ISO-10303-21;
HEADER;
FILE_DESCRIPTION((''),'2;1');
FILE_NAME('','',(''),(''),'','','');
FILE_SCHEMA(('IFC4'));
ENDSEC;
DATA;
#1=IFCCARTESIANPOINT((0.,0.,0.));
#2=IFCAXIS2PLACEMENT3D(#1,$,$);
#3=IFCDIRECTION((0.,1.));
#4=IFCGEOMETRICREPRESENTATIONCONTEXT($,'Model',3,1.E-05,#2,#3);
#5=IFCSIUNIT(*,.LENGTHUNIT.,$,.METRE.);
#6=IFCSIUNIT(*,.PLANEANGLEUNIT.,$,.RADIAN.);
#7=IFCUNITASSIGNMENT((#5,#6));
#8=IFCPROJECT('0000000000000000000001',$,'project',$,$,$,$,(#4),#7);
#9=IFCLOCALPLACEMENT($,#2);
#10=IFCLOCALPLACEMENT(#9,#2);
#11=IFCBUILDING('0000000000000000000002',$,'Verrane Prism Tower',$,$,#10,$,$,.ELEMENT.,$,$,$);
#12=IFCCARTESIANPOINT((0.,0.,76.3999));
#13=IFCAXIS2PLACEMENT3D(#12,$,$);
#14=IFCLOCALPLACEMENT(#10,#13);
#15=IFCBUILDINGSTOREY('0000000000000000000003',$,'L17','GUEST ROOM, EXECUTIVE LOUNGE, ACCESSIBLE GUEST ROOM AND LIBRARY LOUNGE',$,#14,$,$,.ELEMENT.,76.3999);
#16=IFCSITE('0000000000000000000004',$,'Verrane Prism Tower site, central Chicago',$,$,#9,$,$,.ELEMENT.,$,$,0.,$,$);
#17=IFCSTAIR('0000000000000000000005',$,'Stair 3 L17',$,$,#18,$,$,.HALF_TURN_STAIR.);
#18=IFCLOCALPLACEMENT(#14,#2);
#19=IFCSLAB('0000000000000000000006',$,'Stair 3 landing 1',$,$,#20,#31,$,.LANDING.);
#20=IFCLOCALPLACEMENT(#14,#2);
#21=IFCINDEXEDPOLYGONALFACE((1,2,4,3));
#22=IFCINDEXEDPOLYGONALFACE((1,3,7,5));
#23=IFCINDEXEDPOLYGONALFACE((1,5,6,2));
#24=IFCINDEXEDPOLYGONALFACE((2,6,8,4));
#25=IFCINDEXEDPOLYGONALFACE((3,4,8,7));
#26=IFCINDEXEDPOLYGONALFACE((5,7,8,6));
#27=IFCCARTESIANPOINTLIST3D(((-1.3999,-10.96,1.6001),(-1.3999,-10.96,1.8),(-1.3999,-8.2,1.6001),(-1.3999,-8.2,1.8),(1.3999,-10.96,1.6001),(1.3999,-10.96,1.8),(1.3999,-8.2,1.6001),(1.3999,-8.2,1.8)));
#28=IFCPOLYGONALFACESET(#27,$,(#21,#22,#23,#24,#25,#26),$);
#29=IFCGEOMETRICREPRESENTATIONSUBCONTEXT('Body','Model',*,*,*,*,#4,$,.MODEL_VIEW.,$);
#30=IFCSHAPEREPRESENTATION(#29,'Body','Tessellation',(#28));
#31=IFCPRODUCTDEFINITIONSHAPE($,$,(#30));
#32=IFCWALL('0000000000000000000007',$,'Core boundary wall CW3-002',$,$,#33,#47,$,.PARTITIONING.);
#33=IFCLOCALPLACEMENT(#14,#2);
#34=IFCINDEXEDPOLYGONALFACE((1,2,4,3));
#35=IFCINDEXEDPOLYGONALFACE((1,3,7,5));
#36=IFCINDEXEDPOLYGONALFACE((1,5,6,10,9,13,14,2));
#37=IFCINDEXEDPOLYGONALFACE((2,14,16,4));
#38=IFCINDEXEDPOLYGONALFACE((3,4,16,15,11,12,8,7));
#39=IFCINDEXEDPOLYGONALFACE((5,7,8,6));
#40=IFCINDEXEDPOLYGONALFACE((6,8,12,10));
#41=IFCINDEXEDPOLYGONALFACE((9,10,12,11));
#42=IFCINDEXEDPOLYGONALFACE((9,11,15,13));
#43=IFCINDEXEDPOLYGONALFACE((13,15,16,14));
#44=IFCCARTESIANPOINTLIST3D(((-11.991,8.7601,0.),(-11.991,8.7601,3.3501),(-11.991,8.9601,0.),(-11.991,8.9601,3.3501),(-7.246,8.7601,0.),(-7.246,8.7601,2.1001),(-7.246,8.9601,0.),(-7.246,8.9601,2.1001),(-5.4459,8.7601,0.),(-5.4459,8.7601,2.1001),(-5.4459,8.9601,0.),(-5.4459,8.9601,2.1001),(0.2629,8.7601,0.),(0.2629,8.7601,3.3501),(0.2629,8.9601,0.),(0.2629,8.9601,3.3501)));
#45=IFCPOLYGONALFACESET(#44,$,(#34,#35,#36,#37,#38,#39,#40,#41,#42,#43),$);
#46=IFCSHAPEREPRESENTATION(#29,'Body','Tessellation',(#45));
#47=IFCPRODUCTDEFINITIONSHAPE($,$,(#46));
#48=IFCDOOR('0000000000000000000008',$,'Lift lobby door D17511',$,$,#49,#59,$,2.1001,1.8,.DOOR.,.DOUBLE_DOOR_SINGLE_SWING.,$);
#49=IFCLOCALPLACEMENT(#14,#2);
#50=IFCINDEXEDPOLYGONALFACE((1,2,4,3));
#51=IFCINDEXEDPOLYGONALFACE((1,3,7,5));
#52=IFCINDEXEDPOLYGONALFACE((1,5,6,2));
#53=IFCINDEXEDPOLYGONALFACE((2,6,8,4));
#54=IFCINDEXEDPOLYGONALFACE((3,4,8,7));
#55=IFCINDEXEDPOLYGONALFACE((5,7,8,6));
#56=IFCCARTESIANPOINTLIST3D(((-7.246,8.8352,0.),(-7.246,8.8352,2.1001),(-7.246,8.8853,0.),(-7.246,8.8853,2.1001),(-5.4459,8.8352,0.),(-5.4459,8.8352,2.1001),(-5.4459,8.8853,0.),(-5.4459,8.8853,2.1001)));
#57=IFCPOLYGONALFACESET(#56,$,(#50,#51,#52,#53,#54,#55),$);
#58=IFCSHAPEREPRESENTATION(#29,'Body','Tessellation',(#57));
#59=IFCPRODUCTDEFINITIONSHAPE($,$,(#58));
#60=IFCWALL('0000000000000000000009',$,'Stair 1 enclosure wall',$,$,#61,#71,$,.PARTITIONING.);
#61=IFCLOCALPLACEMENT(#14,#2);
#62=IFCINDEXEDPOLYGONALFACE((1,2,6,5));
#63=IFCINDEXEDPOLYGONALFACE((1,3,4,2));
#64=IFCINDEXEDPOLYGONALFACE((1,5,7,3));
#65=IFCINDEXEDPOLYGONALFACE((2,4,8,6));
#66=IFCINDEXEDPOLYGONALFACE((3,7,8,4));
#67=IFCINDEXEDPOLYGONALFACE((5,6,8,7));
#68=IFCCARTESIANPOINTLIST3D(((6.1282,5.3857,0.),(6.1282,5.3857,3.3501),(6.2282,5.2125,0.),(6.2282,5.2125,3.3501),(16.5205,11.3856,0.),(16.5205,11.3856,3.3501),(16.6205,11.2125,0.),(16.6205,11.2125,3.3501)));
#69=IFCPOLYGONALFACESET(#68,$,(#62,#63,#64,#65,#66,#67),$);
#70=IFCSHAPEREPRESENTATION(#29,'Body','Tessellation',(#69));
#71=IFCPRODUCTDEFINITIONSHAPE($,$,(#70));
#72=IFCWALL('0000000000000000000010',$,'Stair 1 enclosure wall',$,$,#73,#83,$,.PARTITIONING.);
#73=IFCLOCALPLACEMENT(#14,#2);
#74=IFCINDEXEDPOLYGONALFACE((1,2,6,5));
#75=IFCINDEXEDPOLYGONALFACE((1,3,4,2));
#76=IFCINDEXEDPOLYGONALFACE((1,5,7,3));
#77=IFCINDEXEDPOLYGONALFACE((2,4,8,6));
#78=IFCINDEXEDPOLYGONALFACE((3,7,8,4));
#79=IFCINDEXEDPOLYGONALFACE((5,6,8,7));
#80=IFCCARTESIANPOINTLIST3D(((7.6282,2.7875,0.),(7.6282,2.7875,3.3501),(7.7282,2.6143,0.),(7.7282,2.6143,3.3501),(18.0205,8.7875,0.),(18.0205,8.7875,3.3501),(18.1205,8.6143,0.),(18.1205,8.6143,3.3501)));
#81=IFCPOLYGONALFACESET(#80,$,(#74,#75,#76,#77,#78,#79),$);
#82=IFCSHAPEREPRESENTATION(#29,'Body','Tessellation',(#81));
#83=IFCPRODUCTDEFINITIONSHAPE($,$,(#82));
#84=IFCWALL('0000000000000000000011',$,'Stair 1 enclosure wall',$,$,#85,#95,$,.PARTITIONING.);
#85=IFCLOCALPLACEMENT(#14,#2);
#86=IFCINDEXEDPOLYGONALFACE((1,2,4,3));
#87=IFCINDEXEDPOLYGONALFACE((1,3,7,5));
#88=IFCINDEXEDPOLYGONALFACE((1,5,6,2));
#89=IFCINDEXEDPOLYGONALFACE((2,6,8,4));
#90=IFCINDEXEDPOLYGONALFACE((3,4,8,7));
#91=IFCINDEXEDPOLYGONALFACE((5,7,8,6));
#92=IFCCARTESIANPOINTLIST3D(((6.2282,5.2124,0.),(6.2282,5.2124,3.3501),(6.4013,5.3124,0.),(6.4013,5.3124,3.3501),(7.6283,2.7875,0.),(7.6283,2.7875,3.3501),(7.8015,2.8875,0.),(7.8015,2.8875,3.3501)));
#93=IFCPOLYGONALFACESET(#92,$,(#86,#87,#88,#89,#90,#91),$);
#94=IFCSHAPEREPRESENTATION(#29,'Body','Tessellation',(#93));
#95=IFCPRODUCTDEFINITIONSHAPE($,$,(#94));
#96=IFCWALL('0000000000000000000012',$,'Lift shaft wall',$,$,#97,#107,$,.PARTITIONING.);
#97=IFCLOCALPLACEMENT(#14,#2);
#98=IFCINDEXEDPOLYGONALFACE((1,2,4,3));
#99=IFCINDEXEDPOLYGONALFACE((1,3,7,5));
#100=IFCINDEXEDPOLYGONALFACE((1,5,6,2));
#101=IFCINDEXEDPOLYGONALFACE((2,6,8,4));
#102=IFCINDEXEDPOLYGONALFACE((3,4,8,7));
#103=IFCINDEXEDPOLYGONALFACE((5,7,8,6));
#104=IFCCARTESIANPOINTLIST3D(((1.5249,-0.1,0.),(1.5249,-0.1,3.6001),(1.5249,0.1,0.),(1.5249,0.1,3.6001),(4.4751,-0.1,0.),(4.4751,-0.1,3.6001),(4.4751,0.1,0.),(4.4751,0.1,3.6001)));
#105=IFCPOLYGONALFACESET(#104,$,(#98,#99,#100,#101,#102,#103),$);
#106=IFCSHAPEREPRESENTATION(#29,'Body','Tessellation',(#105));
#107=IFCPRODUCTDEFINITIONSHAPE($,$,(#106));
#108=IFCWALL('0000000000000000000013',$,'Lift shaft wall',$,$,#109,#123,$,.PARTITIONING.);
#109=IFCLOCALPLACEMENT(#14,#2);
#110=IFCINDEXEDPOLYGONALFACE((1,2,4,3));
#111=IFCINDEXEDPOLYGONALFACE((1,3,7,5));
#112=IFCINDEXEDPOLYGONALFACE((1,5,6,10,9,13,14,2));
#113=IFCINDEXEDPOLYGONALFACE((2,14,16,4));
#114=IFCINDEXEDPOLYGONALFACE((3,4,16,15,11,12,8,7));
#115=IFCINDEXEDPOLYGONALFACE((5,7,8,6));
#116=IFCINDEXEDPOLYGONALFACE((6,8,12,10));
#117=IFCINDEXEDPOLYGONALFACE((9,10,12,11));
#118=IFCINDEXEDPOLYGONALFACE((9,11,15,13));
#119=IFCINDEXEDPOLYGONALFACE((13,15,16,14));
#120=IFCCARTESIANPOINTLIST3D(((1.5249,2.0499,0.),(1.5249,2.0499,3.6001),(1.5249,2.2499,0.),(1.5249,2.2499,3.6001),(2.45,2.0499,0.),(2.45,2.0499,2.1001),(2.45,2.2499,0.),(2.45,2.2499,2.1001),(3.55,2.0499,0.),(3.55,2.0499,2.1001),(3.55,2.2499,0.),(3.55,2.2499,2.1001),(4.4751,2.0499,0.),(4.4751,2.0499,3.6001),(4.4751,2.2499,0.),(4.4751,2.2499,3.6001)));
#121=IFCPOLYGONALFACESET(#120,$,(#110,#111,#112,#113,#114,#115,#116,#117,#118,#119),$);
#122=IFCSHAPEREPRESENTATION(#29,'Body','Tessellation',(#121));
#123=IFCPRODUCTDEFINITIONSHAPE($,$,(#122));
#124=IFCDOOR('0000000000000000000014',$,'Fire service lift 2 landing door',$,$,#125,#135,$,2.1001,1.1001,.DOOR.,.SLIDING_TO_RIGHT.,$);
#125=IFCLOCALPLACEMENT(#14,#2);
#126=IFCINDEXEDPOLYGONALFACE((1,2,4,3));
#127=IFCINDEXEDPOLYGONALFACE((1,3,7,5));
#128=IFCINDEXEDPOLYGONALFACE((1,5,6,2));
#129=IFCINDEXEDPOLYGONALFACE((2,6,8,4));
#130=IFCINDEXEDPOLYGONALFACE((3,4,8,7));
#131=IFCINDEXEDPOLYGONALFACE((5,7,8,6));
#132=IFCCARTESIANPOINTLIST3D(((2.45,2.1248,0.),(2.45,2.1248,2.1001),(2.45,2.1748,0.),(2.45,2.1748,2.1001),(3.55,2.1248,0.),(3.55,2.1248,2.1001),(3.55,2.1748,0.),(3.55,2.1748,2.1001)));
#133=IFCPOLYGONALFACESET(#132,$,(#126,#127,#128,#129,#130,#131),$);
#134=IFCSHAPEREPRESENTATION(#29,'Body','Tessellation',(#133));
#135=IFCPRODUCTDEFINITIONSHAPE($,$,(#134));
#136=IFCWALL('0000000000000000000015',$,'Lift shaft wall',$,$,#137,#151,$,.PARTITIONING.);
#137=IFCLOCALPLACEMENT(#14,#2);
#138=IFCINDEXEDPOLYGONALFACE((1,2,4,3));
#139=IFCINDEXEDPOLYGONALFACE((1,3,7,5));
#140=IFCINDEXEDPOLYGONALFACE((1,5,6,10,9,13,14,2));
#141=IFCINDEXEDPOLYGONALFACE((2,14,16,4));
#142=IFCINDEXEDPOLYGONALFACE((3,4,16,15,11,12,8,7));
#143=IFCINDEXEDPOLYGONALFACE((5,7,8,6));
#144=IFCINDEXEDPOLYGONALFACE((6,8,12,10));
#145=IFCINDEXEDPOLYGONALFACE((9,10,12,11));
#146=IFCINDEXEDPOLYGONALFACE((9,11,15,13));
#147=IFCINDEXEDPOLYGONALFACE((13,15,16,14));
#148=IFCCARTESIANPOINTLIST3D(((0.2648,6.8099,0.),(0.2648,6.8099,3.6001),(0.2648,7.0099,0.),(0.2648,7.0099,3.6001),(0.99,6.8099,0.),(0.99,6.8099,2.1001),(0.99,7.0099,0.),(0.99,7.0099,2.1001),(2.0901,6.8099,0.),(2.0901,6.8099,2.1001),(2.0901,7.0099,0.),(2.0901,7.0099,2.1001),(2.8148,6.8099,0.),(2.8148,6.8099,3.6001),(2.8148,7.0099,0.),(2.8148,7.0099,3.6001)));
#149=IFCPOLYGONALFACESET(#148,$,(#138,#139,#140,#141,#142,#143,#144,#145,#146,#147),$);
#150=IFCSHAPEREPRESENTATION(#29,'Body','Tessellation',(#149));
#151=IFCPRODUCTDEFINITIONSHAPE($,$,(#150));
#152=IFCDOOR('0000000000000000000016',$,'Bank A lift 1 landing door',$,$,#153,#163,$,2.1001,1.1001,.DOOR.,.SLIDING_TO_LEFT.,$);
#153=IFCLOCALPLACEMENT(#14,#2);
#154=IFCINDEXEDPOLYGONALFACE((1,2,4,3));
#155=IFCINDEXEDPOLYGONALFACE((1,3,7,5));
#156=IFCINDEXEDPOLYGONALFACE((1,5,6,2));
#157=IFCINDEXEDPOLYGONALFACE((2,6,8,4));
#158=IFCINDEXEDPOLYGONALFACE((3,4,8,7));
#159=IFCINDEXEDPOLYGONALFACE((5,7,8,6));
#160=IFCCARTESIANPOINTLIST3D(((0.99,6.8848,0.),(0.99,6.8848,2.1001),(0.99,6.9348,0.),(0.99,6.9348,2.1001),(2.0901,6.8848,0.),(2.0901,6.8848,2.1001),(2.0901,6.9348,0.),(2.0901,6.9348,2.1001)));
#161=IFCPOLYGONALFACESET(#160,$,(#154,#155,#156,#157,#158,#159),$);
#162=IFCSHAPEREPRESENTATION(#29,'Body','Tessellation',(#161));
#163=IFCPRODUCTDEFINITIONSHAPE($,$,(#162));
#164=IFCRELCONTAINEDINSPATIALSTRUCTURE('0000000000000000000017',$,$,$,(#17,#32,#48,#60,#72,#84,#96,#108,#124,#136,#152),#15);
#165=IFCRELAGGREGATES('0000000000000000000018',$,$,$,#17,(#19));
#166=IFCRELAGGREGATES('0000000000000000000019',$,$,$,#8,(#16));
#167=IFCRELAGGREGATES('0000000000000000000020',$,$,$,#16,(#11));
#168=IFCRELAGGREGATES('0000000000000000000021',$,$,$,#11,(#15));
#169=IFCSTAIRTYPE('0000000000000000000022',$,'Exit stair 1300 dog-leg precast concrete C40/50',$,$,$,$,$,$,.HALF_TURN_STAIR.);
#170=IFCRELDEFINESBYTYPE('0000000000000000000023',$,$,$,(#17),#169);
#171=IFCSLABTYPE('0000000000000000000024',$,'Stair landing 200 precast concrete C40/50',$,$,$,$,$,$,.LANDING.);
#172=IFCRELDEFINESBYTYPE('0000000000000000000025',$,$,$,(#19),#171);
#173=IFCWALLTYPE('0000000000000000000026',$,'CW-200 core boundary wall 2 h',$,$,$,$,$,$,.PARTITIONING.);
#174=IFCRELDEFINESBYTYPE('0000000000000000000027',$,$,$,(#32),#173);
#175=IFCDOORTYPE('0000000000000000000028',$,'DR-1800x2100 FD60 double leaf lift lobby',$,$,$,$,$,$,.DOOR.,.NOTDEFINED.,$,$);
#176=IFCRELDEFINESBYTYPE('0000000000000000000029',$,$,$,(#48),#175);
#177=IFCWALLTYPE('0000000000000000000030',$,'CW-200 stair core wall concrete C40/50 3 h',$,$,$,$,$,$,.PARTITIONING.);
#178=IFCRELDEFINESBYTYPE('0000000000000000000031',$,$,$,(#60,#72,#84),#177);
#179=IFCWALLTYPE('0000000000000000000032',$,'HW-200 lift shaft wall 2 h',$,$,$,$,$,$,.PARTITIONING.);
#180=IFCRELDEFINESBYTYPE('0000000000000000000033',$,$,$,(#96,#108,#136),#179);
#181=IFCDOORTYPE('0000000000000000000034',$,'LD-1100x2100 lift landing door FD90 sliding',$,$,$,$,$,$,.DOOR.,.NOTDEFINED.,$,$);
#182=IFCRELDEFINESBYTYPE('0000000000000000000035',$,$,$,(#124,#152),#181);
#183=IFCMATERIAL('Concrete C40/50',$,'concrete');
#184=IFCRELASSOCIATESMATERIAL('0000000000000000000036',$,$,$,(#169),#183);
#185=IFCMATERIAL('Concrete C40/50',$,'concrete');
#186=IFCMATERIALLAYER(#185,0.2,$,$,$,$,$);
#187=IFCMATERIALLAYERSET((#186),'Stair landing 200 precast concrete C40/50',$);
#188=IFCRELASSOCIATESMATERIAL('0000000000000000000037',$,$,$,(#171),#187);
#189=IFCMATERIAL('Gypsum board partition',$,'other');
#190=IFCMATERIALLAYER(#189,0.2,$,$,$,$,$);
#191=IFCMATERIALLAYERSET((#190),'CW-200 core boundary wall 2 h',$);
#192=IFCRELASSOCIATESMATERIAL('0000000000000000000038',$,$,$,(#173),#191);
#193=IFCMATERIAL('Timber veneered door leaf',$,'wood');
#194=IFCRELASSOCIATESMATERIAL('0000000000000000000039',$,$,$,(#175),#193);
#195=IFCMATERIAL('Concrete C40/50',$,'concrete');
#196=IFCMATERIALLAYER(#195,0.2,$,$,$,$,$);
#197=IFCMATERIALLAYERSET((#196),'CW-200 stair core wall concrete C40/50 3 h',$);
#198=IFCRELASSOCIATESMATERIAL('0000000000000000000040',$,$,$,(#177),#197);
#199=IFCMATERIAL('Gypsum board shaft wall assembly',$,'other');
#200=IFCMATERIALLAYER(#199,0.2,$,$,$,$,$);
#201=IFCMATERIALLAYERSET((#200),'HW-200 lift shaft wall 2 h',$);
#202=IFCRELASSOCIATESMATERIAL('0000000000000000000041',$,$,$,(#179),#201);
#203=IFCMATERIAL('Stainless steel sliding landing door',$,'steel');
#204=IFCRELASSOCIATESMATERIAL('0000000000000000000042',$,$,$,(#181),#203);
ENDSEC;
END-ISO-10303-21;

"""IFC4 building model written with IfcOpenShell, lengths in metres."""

from ifc_helpers import new_model, si_unit, direction, frame, frame_2d, origin, place, context, subcontext, project, spatial, polyline, rectangle, outline, extrude, material, layer, layer_set, type_object, element, fill, aggregate, save


model = new_model("IFC4")

# Units and contexts
model_context = context("Model", 3, precision=1e-05, world=origin(), true_north=direction((0.0, 1.0)))
body_context = subcontext(model_context, "Body", "Model", "MODEL_VIEW")
ifc_project = project(units=[si_unit("LENGTHUNIT", "METRE"), si_unit("PLANEANGLEUNIT", "RADIAN")], contexts=[model_context])

# Site, building, storey
site_placement = place(None, origin())
site = spatial("IfcSite", under=ifc_project, at=site_placement, Name="Verrane Prism Tower site, central Chicago", CompositionType="ELEMENT", RefElevation=0.0)
building_placement = place(site_placement, origin())
building = spatial("IfcBuilding", under=site, at=building_placement, Name="Verrane Prism Tower", CompositionType="ELEMENT")
storey_placement = place(building_placement, frame((0.0, 0.0, 76.3999)))
storey = spatial("IfcBuildingStorey", under=building, at=storey_placement, Name="L17", Description="GUEST ROOM, EXECUTIVE LOUNGE, ACCESSIBLE GUEST ROOM AND LIBRARY LOUNGE", CompositionType="ELEMENT", Elevation=76.3999)

# Stair, slab
ifc_material_1 = material(Name="Concrete C40/50", Category="concrete")
stair_type = type_object("IfcStairType", Name="Exit stair 1300 dog-leg precast concrete C40/50", PredefinedType="HALF_TURN_STAIR", material=ifc_material_1)
ifc_material_2 = material(Name="Concrete C40/50", Category="concrete")
ifc_layer_1 = layer(ifc_material_2, 0.2)
ifc_layer_set_1 = layer_set([ifc_layer_1], Name="Stair landing 200 precast concrete C40/50")
slab_type_1 = type_object("IfcSlabType", Name="Stair landing 200 precast concrete C40/50", PredefinedType="LANDING", material=ifc_layer_set_1)
stair_1_placement = place(storey_placement, origin())
stair_1 = element("IfcStair", 1, at=stair_1_placement, inside=storey, type_object=stair_type, Name="Stair 3 L17", PredefinedType="HALF_TURN_STAIR")
slab_1_placement = place(storey_placement, frame((0.0, 0.0, 1.6001)))
slab_1 = element("IfcSlab", 2, at=slab_1_placement, type_object=slab_type_1, Name="Stair 3 landing 1", PredefinedType="LANDING", context=body_context, shape_type="SweptSolid", body=[
    extrude(outline(polyline([(1.3999, -10.96), (1.3999, -8.2), (-1.3999, -8.2), (-1.3999, -10.96), (1.3999, -10.96)])), origin(), (0.0, 0.0, 1.0), 0.2),
])
aggregate(stair_1, [slab_1])

# Wall, opening, door
ifc_material_3 = material(Name="Gypsum board partition", Category="other")
ifc_layer_2 = layer(ifc_material_3, 0.2)
ifc_layer_set_2 = layer_set([ifc_layer_2], Name="CW-200 core boundary wall 2 h")
wall_type_1 = type_object("IfcWallType", Name="CW-200 core boundary wall 2 h", PredefinedType="PARTITIONING", material=ifc_layer_set_2)
wall_1_placement = place(storey_placement, frame((0.2629, 8.8601, 0.0), z_axis=(0.0, 0.0, 1.0), x_axis=(-1.0, 0.0, 0.0)))
wall_1 = element("IfcWall", 3, at=wall_1_placement, inside=storey, type_object=wall_type_1, Name="Core boundary wall CW3-002", PredefinedType="PARTITIONING", context=body_context, shape_type="SweptSolid", body=[
    extrude(rectangle(XDim=12.2539, YDim=0.2, at=frame_2d((6.127, 0.0))), origin(), (0.0, 0.0, 1.0), 3.3501),
])
opening_1_placement = place(wall_1_placement, frame((5.709, 0.0, 0.0)))
opening_1 = element("IfcOpeningElement", 4, at=opening_1_placement, cuts=wall_1, PredefinedType="OPENING", context=body_context, shape_type="SweptSolid", body=[
    extrude(rectangle(XDim=1.8, YDim=2.1001, at=frame_2d((0.8999, 1.05))), frame((0.0, 0.1099, 0.0), z_axis=(0.0, -1.0, 0.0), x_axis=(1.0, 0.0, 0.0)), (0.0, 0.0, 1.0), 0.22),
])
ifc_material_4 = material(Name="Timber veneered door leaf", Category="wood")
door_type_1 = type_object("IfcDoorType", Name="DR-1800x2100 FD60 double leaf lift lobby", OperationType="NOTDEFINED", PredefinedType="DOOR", material=ifc_material_4)
door_1_placement = place(opening_1_placement, origin())
door_1 = element("IfcDoor", 5, at=door_1_placement, inside=storey, type_object=door_type_1, Name="Lift lobby door D17511", OperationType="DOUBLE_DOOR_SINGLE_SWING", OverallHeight=2.1001, OverallWidth=1.8, PredefinedType="DOOR", context=body_context, shape_type="SweptSolid", body=[
    extrude(rectangle(XDim=1.8, YDim=2.1001, at=frame_2d((0.8999, 1.05))), frame((0.0, 0.0249, 0.0), z_axis=(0.0, -1.0, 0.0), x_axis=(1.0, 0.0, 0.0)), (0.0, 0.0, 1.0), 0.05),
])
fill(opening_1, door_1)

# Walls
ifc_material_5 = material(Name="Concrete C40/50", Category="concrete")
ifc_layer_3 = layer(ifc_material_5, 0.2)
ifc_layer_set_3 = layer_set([ifc_layer_3], Name="CW-200 stair core wall concrete C40/50 3 h")
wall_type_2 = type_object("IfcWallType", Name="CW-200 stair core wall concrete C40/50 3 h", PredefinedType="PARTITIONING", material=ifc_layer_set_3)
for number, where, z_axis, x_axis, name in (
    (6, (6.1782, 5.2991, 0.0), (0.0, 0.0, 1.0), (0.866026, 0.499999, 0.0), "Stair 1 enclosure wall"),
    (7, (7.6782, 2.7009, 0.0), (0.0, 0.0, 1.0), (0.866026, 0.499999, 0.0), "Stair 1 enclosure wall"),
):
    element("IfcWall", number, at=place(storey_placement, frame(where, z_axis=z_axis, x_axis=x_axis)), inside=storey, type_object=wall_type_2, Name=name, PredefinedType="PARTITIONING", context=body_context, shape_type="SweptSolid", body=[
        extrude(rectangle(XDim=12.0, YDim=0.2, at=frame_2d((6.0, 0.0))), origin(), (0.0, 0.0, 1.0), 3.3501),
    ])
wall_2_placement = place(storey_placement, frame((7.7148, 2.8376, 0.0), z_axis=(0.0, 0.0, 1.0), x_axis=(-0.50005, 0.865997, 0.0)))
element("IfcWall", 8, at=wall_2_placement, inside=storey, type_object=wall_type_2, Name="Stair 1 enclosure wall", PredefinedType="PARTITIONING", context=body_context, shape_type="SweptSolid", body=[
    extrude(rectangle(XDim=2.8, YDim=0.2, at=frame_2d((1.3999, 0.0))), origin(), (0.0, 0.0, 1.0), 3.3501),
])
ifc_material_6 = material(Name="Gypsum board shaft wall assembly", Category="other")
ifc_layer_4 = layer(ifc_material_6, 0.2)
ifc_layer_set_4 = layer_set([ifc_layer_4], Name="HW-200 lift shaft wall 2 h")
wall_type_3 = type_object("IfcWallType", Name="HW-200 lift shaft wall 2 h", PredefinedType="PARTITIONING", material=ifc_layer_set_4)
wall_3_placement = place(storey_placement, frame((1.5249, 0.0, 0.0), z_axis=(0.0, 0.0, 1.0), x_axis=(1.0, 0.0, 0.0)))
element("IfcWall", 9, at=wall_3_placement, inside=storey, type_object=wall_type_3, Name="Lift shaft wall", PredefinedType="PARTITIONING", context=body_context, shape_type="SweptSolid", body=[
    extrude(rectangle(XDim=2.9502, YDim=0.2, at=frame_2d((1.4751, 0.0))), origin(), (0.0, 0.0, 1.0), 3.6001),
])

# Walls, openings, doors
wall_4_placement = place(storey_placement, frame((1.5249, 2.1499, 0.0), z_axis=(0.0, 0.0, 1.0), x_axis=(1.0, 0.0, 0.0)))
wall_4 = element("IfcWall", 10, at=wall_4_placement, inside=storey, type_object=wall_type_3, Name="Lift shaft wall", PredefinedType="PARTITIONING", context=body_context, shape_type="SweptSolid", body=[
    extrude(rectangle(XDim=2.9502, YDim=0.2, at=frame_2d((1.4751, 0.0))), origin(), (0.0, 0.0, 1.0), 3.6001),
])
opening_2_placement = place(wall_4_placement, frame((0.925, 0.0, 0.0)))
opening_2 = element("IfcOpeningElement", 11, at=opening_2_placement, cuts=wall_4, PredefinedType="OPENING", context=body_context, shape_type="SweptSolid", body=[
    extrude(rectangle(XDim=1.1001, YDim=2.1001, at=frame_2d((0.55, 1.05))), frame((0.0, 0.1099, 0.0), z_axis=(0.0, -1.0, 0.0), x_axis=(1.0, 0.0, 0.0)), (0.0, 0.0, 1.0), 0.22),
])
ifc_material_7 = material(Name="Stainless steel sliding landing door", Category="steel")
door_type_2 = type_object("IfcDoorType", Name="LD-1100x2100 lift landing door FD90 sliding", OperationType="NOTDEFINED", PredefinedType="DOOR", material=ifc_material_7)
door_2_placement = place(opening_2_placement, origin())
door_2 = element("IfcDoor", 12, at=door_2_placement, inside=storey, type_object=door_type_2, Name="Fire service lift 2 landing door", OperationType="SLIDING_TO_RIGHT", OverallHeight=2.1001, OverallWidth=1.1001, PredefinedType="DOOR", context=body_context, shape_type="SweptSolid", body=[
    extrude(rectangle(XDim=1.1001, YDim=2.1001, at=frame_2d((0.55, 1.05))), frame((0.0, 0.0249, 0.0), z_axis=(0.0, -1.0, 0.0), x_axis=(1.0, 0.0, 0.0)), (0.0, 0.0, 1.0), 0.05),
])
fill(opening_2, door_2)
wall_5_placement = place(storey_placement, frame((0.2649, 6.9099, 0.0), z_axis=(0.0, 0.0, 1.0), x_axis=(1.0, 0.0, 0.0)))
wall_5 = element("IfcWall", 13, at=wall_5_placement, inside=storey, type_object=wall_type_3, Name="Lift shaft wall", PredefinedType="PARTITIONING", context=body_context, shape_type="SweptSolid", body=[
    extrude(rectangle(XDim=2.55, YDim=0.2, at=frame_2d((1.2749, 0.0))), origin(), (0.0, 0.0, 1.0), 3.6001),
])
opening_3_placement = place(wall_5_placement, frame((0.7251, 0.0, 0.0)))
opening_3 = element("IfcOpeningElement", 14, at=opening_3_placement, cuts=wall_5, PredefinedType="OPENING", context=body_context, shape_type="SweptSolid", body=[
    extrude(rectangle(XDim=1.1001, YDim=2.1001, at=frame_2d((0.55, 1.05))), frame((0.0, 0.1099, 0.0), z_axis=(0.0, -1.0, 0.0), x_axis=(1.0, 0.0, 0.0)), (0.0, 0.0, 1.0), 0.22),
])
door_3_placement = place(opening_3_placement, origin())
door_3 = element("IfcDoor", 15, at=door_3_placement, inside=storey, type_object=door_type_2, Name="Bank A lift 1 landing door", OperationType="SLIDING_TO_LEFT", OverallHeight=2.1001, OverallWidth=1.1001, PredefinedType="DOOR", context=body_context, shape_type="SweptSolid", body=[
    extrude(rectangle(XDim=1.1001, YDim=2.1001, at=frame_2d((0.55, 1.05))), frame((0.0, 0.0249, 0.0), z_axis=(0.0, -1.0, 0.0), x_axis=(1.0, 0.0, 0.0)), (0.0, 0.0, 1.0), 0.05),
])
fill(opening_3, door_3)

save(model, "model.ifc")
